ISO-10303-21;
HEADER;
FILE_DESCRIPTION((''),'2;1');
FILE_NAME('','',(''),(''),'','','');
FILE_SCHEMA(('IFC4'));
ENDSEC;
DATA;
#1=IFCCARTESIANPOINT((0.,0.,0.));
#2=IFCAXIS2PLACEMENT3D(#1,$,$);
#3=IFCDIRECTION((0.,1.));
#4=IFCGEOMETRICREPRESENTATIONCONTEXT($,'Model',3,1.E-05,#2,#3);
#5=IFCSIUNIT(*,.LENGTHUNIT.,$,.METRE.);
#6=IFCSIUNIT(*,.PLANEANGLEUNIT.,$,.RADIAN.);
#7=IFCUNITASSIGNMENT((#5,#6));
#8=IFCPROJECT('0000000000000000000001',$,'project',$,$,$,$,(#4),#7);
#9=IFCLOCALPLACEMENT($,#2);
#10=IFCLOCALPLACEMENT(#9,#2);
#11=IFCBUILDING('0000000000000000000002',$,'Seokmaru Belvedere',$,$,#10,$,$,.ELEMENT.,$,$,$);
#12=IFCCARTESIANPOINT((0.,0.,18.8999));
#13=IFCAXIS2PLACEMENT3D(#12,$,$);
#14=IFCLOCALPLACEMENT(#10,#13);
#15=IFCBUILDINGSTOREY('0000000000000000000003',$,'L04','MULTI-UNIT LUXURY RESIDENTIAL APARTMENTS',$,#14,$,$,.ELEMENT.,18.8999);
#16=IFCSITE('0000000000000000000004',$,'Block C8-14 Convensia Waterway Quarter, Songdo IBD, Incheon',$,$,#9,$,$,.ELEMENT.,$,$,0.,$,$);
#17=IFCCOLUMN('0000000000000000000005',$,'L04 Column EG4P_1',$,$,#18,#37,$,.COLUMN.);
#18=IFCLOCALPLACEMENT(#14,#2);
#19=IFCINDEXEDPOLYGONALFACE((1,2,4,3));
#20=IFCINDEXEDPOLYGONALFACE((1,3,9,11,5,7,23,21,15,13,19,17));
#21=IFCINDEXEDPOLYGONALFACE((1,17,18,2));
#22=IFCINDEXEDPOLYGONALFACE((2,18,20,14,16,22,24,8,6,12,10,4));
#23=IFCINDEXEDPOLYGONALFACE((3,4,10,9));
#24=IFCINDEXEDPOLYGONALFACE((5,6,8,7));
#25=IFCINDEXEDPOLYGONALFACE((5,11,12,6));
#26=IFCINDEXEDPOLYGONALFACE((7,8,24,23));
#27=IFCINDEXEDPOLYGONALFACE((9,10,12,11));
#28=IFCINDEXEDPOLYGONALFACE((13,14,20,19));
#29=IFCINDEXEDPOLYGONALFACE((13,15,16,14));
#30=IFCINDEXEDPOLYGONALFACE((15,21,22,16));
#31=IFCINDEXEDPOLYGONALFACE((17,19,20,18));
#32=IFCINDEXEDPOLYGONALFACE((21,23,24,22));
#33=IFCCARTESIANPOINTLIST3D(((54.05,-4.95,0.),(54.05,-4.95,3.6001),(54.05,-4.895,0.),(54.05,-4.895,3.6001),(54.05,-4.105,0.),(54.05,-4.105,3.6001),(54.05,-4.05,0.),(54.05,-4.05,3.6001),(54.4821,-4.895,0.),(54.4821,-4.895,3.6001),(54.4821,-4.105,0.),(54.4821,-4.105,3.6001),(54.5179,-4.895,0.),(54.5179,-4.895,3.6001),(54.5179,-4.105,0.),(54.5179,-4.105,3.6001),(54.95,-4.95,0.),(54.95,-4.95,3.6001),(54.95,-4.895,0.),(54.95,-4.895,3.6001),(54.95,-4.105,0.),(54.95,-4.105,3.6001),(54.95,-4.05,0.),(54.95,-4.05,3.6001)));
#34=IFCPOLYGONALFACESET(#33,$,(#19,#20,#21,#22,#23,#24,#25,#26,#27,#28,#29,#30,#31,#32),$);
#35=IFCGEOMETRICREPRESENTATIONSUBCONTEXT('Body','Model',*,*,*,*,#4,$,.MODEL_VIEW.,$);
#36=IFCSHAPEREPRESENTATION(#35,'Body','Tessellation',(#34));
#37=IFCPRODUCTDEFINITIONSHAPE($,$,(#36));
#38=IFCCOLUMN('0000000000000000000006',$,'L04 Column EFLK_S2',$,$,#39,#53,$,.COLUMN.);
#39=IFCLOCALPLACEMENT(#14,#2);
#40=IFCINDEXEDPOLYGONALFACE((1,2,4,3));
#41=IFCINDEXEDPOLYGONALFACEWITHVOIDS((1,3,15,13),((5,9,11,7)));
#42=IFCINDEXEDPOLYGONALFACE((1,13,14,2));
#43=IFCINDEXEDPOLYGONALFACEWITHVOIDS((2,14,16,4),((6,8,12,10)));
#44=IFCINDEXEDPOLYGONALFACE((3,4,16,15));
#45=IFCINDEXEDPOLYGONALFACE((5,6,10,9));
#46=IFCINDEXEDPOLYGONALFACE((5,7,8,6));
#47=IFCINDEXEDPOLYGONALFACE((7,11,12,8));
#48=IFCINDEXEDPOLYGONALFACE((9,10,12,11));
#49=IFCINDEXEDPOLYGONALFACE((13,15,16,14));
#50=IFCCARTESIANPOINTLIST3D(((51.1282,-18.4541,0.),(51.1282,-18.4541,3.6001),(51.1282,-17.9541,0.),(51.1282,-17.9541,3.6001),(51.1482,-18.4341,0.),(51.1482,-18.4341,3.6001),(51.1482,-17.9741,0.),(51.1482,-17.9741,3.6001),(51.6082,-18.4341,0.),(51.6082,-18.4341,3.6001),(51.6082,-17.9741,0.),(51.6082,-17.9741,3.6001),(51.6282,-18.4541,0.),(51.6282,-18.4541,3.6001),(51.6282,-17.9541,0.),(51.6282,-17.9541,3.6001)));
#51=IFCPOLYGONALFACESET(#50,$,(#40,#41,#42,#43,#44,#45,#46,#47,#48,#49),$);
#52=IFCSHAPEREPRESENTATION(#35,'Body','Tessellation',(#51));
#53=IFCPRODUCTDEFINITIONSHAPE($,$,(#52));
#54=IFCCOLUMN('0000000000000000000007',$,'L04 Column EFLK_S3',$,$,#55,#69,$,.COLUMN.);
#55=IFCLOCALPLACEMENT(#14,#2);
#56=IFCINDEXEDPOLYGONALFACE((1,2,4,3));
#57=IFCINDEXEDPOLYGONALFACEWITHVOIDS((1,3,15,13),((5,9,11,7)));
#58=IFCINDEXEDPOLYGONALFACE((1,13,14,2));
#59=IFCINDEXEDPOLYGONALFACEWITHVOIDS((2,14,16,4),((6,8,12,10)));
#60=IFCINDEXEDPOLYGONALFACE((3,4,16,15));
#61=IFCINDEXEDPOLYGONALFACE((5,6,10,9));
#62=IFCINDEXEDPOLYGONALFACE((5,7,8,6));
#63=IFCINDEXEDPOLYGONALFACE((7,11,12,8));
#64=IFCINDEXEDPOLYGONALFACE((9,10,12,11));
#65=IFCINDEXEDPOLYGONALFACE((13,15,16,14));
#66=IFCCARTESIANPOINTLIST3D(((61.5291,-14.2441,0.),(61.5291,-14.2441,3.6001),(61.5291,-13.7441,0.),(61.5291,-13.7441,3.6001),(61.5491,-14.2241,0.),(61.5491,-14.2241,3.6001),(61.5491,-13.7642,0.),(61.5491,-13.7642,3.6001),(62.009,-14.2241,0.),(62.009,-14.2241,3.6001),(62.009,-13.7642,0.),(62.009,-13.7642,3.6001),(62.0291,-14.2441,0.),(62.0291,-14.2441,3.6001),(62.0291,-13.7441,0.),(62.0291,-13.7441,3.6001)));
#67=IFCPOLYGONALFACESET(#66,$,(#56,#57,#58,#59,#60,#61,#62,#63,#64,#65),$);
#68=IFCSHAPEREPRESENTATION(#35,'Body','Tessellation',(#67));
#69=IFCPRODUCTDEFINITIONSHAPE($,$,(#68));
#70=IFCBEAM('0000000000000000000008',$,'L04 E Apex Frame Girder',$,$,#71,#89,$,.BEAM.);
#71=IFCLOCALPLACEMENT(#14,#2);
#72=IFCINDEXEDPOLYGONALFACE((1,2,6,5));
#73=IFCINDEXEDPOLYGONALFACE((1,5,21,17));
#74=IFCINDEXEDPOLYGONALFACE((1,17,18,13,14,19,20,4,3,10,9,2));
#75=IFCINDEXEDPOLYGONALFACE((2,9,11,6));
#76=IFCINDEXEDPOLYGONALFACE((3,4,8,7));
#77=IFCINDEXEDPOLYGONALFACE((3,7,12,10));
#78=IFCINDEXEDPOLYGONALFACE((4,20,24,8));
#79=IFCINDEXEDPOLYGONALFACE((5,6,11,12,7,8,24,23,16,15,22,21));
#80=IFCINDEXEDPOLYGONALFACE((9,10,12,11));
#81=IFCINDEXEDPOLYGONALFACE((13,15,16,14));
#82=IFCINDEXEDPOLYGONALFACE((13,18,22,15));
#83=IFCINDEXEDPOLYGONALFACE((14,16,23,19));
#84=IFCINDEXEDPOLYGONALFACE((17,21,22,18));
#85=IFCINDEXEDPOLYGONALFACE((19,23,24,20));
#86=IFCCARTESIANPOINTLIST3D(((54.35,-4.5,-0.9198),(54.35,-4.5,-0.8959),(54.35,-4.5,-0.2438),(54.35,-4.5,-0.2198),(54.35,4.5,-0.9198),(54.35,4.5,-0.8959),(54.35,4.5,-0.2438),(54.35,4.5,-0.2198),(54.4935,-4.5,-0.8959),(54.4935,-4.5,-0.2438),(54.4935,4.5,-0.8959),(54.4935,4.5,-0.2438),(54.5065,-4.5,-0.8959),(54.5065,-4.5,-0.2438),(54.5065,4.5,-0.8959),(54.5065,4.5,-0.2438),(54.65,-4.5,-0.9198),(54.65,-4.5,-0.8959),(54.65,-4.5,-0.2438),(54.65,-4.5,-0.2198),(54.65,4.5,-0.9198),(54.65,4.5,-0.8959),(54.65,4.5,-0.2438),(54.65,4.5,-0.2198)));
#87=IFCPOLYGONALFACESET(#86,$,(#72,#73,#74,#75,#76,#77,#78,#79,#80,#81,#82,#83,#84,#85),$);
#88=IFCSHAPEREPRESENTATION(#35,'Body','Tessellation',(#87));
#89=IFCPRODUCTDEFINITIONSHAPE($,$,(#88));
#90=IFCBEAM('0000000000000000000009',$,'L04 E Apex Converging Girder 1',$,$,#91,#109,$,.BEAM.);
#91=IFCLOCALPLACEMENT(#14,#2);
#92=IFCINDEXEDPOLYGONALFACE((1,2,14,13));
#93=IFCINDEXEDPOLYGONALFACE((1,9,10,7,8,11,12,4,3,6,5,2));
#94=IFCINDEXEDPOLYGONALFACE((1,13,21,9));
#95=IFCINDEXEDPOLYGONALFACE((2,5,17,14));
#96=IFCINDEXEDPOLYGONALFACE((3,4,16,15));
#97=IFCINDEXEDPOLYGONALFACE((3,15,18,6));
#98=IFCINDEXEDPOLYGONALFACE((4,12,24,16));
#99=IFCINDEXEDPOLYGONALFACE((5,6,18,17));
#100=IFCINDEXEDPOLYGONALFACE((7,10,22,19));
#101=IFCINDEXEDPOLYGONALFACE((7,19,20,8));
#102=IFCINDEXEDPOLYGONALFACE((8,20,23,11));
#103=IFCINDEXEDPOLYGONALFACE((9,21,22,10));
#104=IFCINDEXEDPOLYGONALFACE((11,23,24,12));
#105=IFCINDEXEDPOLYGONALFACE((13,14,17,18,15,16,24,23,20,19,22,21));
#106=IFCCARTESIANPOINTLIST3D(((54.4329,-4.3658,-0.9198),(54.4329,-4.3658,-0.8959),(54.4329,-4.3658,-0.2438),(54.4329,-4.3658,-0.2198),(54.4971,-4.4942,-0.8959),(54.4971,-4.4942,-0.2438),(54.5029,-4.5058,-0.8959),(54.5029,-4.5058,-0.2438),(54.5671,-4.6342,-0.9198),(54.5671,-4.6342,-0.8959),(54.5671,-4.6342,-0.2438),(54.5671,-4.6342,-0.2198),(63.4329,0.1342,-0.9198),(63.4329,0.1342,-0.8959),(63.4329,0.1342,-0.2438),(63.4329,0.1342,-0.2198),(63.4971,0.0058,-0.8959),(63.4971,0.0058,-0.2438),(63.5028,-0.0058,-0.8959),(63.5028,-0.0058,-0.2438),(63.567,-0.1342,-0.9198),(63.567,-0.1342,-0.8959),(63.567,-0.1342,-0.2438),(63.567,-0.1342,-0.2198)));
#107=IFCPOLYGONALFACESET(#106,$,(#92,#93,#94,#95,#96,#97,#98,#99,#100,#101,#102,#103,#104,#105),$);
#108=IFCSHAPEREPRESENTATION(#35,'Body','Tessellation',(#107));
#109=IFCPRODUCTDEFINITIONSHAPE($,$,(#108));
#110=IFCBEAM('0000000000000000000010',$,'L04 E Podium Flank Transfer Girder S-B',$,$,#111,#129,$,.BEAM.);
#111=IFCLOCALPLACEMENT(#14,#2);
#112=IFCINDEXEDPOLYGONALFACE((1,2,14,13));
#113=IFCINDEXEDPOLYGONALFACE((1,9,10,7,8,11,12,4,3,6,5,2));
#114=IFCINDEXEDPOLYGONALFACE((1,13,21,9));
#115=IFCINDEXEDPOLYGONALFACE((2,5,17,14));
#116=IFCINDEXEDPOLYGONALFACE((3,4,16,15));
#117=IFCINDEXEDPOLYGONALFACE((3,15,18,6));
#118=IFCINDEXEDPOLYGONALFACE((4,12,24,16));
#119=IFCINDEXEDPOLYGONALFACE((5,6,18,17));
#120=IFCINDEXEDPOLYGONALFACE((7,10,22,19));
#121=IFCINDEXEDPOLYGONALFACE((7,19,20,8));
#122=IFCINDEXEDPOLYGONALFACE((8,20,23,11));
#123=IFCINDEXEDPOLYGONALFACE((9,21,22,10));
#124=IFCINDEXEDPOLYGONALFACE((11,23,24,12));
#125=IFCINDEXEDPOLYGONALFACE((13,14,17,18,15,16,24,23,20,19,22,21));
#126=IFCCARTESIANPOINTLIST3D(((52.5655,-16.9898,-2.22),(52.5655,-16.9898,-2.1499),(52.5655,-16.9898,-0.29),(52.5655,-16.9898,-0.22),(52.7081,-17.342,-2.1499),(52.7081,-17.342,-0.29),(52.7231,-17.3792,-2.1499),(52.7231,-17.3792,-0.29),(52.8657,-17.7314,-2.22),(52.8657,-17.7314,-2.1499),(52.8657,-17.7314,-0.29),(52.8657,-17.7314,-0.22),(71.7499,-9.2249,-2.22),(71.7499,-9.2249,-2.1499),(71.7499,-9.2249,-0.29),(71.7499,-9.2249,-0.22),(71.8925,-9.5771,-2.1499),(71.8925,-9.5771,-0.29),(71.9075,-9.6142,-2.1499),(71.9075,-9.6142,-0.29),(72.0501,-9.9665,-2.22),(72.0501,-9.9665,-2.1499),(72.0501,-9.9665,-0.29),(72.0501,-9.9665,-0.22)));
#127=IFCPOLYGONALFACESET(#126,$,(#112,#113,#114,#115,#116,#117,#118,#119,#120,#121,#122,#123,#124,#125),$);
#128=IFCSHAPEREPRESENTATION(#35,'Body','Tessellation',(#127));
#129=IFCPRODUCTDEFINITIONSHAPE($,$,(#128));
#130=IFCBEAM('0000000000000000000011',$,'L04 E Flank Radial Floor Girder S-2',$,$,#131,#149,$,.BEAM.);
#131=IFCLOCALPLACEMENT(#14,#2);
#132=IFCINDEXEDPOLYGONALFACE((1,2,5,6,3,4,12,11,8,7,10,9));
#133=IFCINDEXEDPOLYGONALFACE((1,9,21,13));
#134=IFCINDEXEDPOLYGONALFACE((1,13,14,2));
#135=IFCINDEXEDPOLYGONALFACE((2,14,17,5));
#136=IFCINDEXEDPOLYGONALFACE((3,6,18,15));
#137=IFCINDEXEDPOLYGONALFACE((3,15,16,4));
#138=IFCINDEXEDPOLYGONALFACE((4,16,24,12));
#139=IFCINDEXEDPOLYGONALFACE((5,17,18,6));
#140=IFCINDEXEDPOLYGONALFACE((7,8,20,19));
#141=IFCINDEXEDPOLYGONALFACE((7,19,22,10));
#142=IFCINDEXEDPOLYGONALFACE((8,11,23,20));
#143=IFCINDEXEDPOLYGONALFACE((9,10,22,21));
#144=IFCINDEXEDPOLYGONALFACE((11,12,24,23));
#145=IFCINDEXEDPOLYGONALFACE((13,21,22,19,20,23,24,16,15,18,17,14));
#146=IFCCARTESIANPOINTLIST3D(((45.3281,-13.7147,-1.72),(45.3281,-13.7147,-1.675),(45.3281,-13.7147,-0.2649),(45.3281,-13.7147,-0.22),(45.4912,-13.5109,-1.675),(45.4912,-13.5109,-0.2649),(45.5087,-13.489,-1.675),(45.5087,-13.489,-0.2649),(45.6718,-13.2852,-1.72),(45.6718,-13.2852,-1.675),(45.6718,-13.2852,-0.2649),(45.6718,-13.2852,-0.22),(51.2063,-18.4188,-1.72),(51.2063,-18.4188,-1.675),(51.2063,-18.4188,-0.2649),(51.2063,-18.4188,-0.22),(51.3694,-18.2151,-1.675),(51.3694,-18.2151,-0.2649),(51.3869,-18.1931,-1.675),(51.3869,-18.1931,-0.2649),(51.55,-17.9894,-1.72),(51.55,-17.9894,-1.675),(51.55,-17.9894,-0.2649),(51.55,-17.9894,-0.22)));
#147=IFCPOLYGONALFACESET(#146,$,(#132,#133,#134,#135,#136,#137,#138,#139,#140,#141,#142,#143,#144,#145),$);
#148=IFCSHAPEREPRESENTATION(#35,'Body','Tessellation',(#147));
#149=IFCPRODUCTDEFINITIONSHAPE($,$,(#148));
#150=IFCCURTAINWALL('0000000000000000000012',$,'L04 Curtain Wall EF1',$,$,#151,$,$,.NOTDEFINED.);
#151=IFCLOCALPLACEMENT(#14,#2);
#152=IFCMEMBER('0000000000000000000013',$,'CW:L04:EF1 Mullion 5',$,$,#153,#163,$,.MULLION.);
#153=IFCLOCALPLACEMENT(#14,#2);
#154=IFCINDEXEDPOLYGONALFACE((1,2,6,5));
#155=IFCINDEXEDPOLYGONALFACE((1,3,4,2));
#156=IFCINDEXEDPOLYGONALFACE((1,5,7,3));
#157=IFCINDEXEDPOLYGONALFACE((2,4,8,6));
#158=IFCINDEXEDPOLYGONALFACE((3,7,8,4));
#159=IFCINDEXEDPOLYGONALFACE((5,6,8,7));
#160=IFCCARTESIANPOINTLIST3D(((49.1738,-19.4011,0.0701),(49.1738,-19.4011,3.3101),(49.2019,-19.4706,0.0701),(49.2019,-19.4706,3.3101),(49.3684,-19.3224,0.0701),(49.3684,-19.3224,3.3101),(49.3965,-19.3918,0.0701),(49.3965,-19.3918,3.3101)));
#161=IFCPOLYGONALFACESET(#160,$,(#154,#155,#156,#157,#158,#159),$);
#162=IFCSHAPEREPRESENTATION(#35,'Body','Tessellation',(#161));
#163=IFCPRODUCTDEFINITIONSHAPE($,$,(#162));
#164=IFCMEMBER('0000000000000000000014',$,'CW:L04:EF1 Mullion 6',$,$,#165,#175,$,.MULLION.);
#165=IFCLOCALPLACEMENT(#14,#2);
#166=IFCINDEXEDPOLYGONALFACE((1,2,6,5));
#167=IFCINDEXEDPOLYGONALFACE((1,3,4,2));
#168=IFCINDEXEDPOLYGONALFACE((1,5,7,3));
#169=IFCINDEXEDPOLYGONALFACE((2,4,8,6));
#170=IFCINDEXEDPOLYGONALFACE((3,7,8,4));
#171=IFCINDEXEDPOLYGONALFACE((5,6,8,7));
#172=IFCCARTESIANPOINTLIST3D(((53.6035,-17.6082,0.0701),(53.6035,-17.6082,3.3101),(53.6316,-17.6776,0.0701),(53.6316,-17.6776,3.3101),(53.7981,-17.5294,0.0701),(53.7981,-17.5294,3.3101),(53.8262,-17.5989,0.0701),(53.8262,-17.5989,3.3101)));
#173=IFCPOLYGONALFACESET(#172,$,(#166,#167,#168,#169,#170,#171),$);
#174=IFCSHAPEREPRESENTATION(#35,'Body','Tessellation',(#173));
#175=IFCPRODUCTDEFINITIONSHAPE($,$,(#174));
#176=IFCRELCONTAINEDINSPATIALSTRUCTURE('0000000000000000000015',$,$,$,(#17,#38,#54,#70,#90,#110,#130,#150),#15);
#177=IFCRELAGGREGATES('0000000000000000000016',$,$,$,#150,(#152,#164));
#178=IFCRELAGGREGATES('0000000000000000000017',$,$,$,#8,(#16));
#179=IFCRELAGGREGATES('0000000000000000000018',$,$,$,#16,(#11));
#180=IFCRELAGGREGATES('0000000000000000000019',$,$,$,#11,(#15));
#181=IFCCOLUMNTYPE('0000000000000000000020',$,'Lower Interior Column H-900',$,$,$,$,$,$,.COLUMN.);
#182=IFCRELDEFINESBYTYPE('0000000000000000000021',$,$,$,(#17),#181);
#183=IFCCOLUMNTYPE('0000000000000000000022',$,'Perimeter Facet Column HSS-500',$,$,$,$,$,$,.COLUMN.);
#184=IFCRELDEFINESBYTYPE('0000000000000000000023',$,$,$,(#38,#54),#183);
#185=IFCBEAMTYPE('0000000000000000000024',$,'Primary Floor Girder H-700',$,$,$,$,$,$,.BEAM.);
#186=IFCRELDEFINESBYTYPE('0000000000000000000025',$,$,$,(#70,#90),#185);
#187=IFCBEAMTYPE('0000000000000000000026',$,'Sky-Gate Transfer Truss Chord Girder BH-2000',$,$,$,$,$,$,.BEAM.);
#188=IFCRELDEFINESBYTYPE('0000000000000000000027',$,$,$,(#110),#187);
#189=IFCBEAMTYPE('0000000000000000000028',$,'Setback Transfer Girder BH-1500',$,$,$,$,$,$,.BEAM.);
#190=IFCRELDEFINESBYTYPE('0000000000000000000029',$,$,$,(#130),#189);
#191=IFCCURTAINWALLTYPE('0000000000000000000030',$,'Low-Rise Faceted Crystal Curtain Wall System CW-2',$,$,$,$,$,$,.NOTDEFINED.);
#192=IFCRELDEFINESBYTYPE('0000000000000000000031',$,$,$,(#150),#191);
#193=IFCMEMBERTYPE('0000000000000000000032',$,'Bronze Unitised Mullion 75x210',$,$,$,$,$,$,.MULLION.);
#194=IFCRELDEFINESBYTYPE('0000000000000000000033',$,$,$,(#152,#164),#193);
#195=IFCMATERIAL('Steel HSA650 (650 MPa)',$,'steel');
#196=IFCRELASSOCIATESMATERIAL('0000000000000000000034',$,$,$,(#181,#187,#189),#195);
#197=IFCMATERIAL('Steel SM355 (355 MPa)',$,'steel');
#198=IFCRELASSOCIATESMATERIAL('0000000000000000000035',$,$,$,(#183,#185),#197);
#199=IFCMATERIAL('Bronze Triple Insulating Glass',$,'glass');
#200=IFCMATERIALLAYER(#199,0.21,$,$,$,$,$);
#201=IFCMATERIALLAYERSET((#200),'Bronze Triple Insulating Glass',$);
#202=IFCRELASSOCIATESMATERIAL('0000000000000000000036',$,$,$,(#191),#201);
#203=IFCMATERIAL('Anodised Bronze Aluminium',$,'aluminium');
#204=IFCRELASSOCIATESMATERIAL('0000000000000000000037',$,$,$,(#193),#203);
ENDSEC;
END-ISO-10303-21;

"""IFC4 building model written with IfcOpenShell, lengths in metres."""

from ifc_helpers import new_model, si_unit, direction, frame, origin, origin_2d, place, context, subcontext, project, spatial, rectangle, hollow_rectangle, i_section, extrude, source, transform, mapped, material, layer, layer_set, material_profile, profile_set, type_object, type_shapes, element, aggregate, save


model = new_model("IFC4")

# Units and contexts
model_context = context("Model", 3, precision=1e-05, world=origin(), true_north=direction((0.0, 1.0)))
body_context = subcontext(model_context, "Body", "Model", "MODEL_VIEW")
ifc_project = project(units=[si_unit("LENGTHUNIT", "METRE"), si_unit("PLANEANGLEUNIT", "RADIAN")], contexts=[model_context])

# Site, building, storey
site_placement = place(None, origin())
site = spatial("IfcSite", under=ifc_project, at=site_placement, Name="Block C8-14 Convensia Waterway Quarter, Songdo IBD, Incheon", CompositionType="ELEMENT", RefElevation=0.0)
building_placement = place(site_placement, origin())
building = spatial("IfcBuilding", under=site, at=building_placement, Name="Seokmaru Belvedere", CompositionType="ELEMENT")
storey_placement = place(building_placement, frame((0.0, 0.0, 18.8999)))
storey = spatial("IfcBuildingStorey", under=building, at=storey_placement, Name="L04", Description="MULTI-UNIT LUXURY RESIDENTIAL APARTMENTS", CompositionType="ELEMENT", Elevation=18.8999)

# Columns
ifc_material_1 = material(Name="Steel HSA650 (650 MPa)", Category="steel")
ifc_material_profile_1 = material_profile(ifc_material_1, i_section(OverallWidth=0.8999, OverallDepth=0.8999, WebThickness=0.0359, FlangeThickness=0.0549, at=origin_2d()), Name="H-900x900x36x55")
ifc_profile_set_1 = profile_set([ifc_material_profile_1], Name="Steel HSA650 (650 MPa)")
column_type_1 = type_object("IfcColumnType", Name="Lower Interior Column H-900", PredefinedType="COLUMN", material=ifc_profile_set_1)
shared_shape_1 = source(origin(), body_context, "Body", "SweptSolid", [
    extrude(i_section(OverallWidth=0.8999, OverallDepth=0.8999, WebThickness=0.0359, FlangeThickness=0.0549, at=origin_2d()), origin(), (0.0, 0.0, 1.0), 3.6001),
])
type_shapes(column_type_1, [shared_shape_1])
column_placement = place(storey_placement, frame((54.5, -4.5, 0.0), z_axis=(0.0, 0.0, 1.0), x_axis=(1.0, 0.0, 0.0)))
element("IfcColumn", 1, at=column_placement, inside=storey, type_object=column_type_1, Name="L04 Column EG4P_1", PredefinedType="COLUMN", context=body_context, shape_type="MappedRepresentation", body=[
    mapped(shared_shape_1, transform((0.0, 0.0, 0.0), scale=1.0)),
])
ifc_material_2 = material(Name="Steel SM355 (355 MPa)", Category="steel")
ifc_material_profile_2 = material_profile(ifc_material_2, hollow_rectangle(XDim=0.5, YDim=0.5, WallThickness=0.02, at=origin_2d()), Name="HSS-500x500x20")
ifc_profile_set_2 = profile_set([ifc_material_profile_2], Name="Steel SM355 (355 MPa)")
column_type_2 = type_object("IfcColumnType", Name="Perimeter Facet Column HSS-500", PredefinedType="COLUMN", material=ifc_profile_set_2)
shared_shape_2 = source(origin(), body_context, "Body", "SweptSolid", [
    extrude(hollow_rectangle(XDim=0.5, YDim=0.5, WallThickness=0.02, at=origin_2d()), origin(), (0.0, 0.0, 1.0), 3.6001),
])
type_shapes(column_type_2, [shared_shape_2])
for number, where, z_axis, x_axis, name in (
    (2, (51.3782, -18.2041, 0.0), (0.0, 0.0, 1.0), (1.0, 0.0, 0.0), "L04 Column EFLK_S2"),
    (3, (61.7791, -13.9941, 0.0), (0.0, 0.0, 1.0), (1.0, 0.0, 0.0), "L04 Column EFLK_S3"),
):
    element("IfcColumn", number, at=place(storey_placement, frame(where, z_axis=z_axis, x_axis=x_axis)), inside=storey, type_object=column_type_2, Name=name, PredefinedType="COLUMN", context=body_context, shape_type="MappedRepresentation", body=[
        mapped(shared_shape_2, transform((0.0, 0.0, 0.0), scale=1.0)),
    ])

# Beams
ifc_material_profile_3 = material_profile(ifc_material_2, i_section(OverallWidth=0.3, OverallDepth=0.7, WebThickness=0.0129, FlangeThickness=0.0239, at=origin_2d()), Name="H-700x300x13x24")
ifc_profile_set_3 = profile_set([ifc_material_profile_3], Name="Steel SM355 (355 MPa)")
beam_type_1 = type_object("IfcBeamType", Name="Primary Floor Girder H-700", PredefinedType="BEAM", material=ifc_profile_set_3)
shared_shape_3 = source(origin(), body_context, "Body", "SweptSolid", [
    extrude(i_section(OverallWidth=0.3, OverallDepth=0.7, WebThickness=0.0129, FlangeThickness=0.0239, at=origin_2d()), origin(), (0.0, 0.0, 1.0), 9.0),
])
beam_1_placement = place(storey_placement, frame((54.5, -4.5, -0.5698), z_axis=(0.0, 1.0, 0.0), x_axis=(-1.0, 0.0, 0.0)))
element("IfcBeam", 4, at=beam_1_placement, inside=storey, type_object=beam_type_1, Name="L04 E Apex Frame Girder", PredefinedType="BEAM", context=body_context, shape_type="MappedRepresentation", body=[
    mapped(shared_shape_3, transform((0.0, 0.0, 0.0), scale=1.0)),
])
shared_shape_4 = source(origin(), body_context, "Body", "SweptSolid", [
    extrude(i_section(OverallWidth=0.3, OverallDepth=0.7, WebThickness=0.0129, FlangeThickness=0.0239, at=origin_2d()), origin(), (0.0, 0.0, 1.0), 10.0623),
])
type_shapes(beam_type_1, [shared_shape_3, shared_shape_4])
beam_2_placement = place(storey_placement, frame((54.5, -4.5, -0.5698), z_axis=(0.894427, 0.447214, 0.0), x_axis=(-0.447214, 0.894427, 0.0)))
element("IfcBeam", 5, at=beam_2_placement, inside=storey, type_object=beam_type_1, Name="L04 E Apex Converging Girder 1", PredefinedType="BEAM", context=body_context, shape_type="MappedRepresentation", body=[
    mapped(shared_shape_4, transform((0.0, 0.0, 0.0), scale=1.0)),
])
ifc_material_profile_4 = material_profile(ifc_material_1, i_section(OverallWidth=0.8, OverallDepth=2.0, WebThickness=0.04, FlangeThickness=0.0701, at=origin_2d()), Name="BH-2000x800x40x70")
ifc_profile_set_4 = profile_set([ifc_material_profile_4], Name="Steel HSA650 (650 MPa)")
beam_type_2 = type_object("IfcBeamType", Name="Sky-Gate Transfer Truss Chord Girder BH-2000", PredefinedType="BEAM", material=ifc_profile_set_4)
shared_shape_5 = source(origin(), body_context, "Body", "SweptSolid", [
    extrude(i_section(OverallWidth=0.8, OverallDepth=2.0, WebThickness=0.04, FlangeThickness=0.0701, at=origin_2d()), origin(), (0.0, 0.0, 1.0), 20.6963),
])
type_shapes(beam_type_2, [shared_shape_5])
beam_3_placement = place(storey_placement, frame((52.7156, -17.3606, -1.22), z_axis=(0.92695, 0.375185, 0.0), x_axis=(-0.375185, 0.92695, 0.0)))
element("IfcBeam", 6, at=beam_3_placement, inside=storey, type_object=beam_type_2, Name="L04 E Podium Flank Transfer Girder S-B", PredefinedType="BEAM", context=body_context, shape_type="MappedRepresentation", body=[
    mapped(shared_shape_5, transform((0.0, 0.0, 0.0), scale=1.0)),
])
ifc_material_profile_5 = material_profile(ifc_material_1, i_section(OverallWidth=0.55, OverallDepth=1.5, WebThickness=0.0281, FlangeThickness=0.0449, at=origin_2d()), Name="BH-1500x550x28x45")
ifc_profile_set_5 = profile_set([ifc_material_profile_5], Name="Steel HSA650 (650 MPa)")
beam_type_3 = type_object("IfcBeamType", Name="Setback Transfer Girder BH-1500", PredefinedType="BEAM", material=ifc_profile_set_5)
shared_shape_6 = source(origin(), body_context, "Body", "SweptSolid", [
    extrude(i_section(OverallWidth=0.55, OverallDepth=1.5, WebThickness=0.0281, FlangeThickness=0.0449, at=origin_2d()), origin(), (0.0, 0.0, 1.0), 7.5288),
])
type_shapes(beam_type_3, [shared_shape_6])
beam_4_placement = place(storey_placement, frame((51.3782, -18.2041, -0.97), z_axis=(-0.780768, 0.624822, 0.0), x_axis=(-0.624822, -0.780768, 0.0)))
element("IfcBeam", 7, at=beam_4_placement, inside=storey, type_object=beam_type_3, Name="L04 E Flank Radial Floor Girder S-2", PredefinedType="BEAM", context=body_context, shape_type="MappedRepresentation", body=[
    mapped(shared_shape_6, transform((0.0, 0.0, 0.0), scale=1.0)),
])

# Curtain wall, members
ifc_material_3 = material(Name="Bronze Triple Insulating Glass", Category="glass")
ifc_layer_1 = layer(ifc_material_3, 0.21)
ifc_layer_set_1 = layer_set([ifc_layer_1], Name="Bronze Triple Insulating Glass")
curtain_wall_type = type_object("IfcCurtainWallType", Name="Low-Rise Faceted Crystal Curtain Wall System CW-2", PredefinedType="NOTDEFINED", material=ifc_layer_set_1)
curtain_wall_placement = place(storey_placement, origin())
curtain_wall = element("IfcCurtainWall", 8, at=curtain_wall_placement, inside=storey, type_object=curtain_wall_type, Name="L04 Curtain Wall EF1", PredefinedType="NOTDEFINED")
ifc_material_4 = material(Name="Anodised Bronze Aluminium", Category="aluminium")
ifc_material_profile_6 = material_profile(ifc_material_4, rectangle(XDim=0.075, YDim=0.21, at=origin_2d()), Name="CW-M-75x210")
ifc_profile_set_6 = profile_set([ifc_material_profile_6], Name="Anodised Bronze Aluminium")
member_type = type_object("IfcMemberType", Name="Bronze Unitised Mullion 75x210", PredefinedType="MULLION", material=ifc_profile_set_6)
shared_shape_7 = source(origin(), body_context, "Body", "SweptSolid", [
    extrude(rectangle(XDim=0.075, YDim=0.21, at=origin_2d()), origin(), (0.0, 0.0, 1.0), 3.24),
])
type_shapes(member_type, [shared_shape_7])
member_1_placement = place(storey_placement, frame((49.2852, -19.3965, 0.0701), z_axis=(0.0, 0.0, 1.0), x_axis=(-0.375192, 0.926947, 0.0)))
member_1 = element("IfcMember", 9, at=member_1_placement, type_object=member_type, Name="CW:L04:EF1 Mullion 5", PredefinedType="MULLION", context=body_context, shape_type="MappedRepresentation", body=[
    mapped(shared_shape_7, transform((0.0, 0.0, 0.0), scale=1.0)),
])
member_2_placement = place(storey_placement, frame((53.7148, -17.6035, 0.0701), z_axis=(0.0, 0.0, 1.0), x_axis=(-0.375192, 0.926947, 0.0)))
member_2 = element("IfcMember", 10, at=member_2_placement, type_object=member_type, Name="CW:L04:EF1 Mullion 6", PredefinedType="MULLION", context=body_context, shape_type="MappedRepresentation", body=[
    mapped(shared_shape_7, transform((0.0, 0.0, 0.0), scale=1.0)),
])
aggregate(curtain_wall, [member_1, member_2])

save(model, "model.ifc")
